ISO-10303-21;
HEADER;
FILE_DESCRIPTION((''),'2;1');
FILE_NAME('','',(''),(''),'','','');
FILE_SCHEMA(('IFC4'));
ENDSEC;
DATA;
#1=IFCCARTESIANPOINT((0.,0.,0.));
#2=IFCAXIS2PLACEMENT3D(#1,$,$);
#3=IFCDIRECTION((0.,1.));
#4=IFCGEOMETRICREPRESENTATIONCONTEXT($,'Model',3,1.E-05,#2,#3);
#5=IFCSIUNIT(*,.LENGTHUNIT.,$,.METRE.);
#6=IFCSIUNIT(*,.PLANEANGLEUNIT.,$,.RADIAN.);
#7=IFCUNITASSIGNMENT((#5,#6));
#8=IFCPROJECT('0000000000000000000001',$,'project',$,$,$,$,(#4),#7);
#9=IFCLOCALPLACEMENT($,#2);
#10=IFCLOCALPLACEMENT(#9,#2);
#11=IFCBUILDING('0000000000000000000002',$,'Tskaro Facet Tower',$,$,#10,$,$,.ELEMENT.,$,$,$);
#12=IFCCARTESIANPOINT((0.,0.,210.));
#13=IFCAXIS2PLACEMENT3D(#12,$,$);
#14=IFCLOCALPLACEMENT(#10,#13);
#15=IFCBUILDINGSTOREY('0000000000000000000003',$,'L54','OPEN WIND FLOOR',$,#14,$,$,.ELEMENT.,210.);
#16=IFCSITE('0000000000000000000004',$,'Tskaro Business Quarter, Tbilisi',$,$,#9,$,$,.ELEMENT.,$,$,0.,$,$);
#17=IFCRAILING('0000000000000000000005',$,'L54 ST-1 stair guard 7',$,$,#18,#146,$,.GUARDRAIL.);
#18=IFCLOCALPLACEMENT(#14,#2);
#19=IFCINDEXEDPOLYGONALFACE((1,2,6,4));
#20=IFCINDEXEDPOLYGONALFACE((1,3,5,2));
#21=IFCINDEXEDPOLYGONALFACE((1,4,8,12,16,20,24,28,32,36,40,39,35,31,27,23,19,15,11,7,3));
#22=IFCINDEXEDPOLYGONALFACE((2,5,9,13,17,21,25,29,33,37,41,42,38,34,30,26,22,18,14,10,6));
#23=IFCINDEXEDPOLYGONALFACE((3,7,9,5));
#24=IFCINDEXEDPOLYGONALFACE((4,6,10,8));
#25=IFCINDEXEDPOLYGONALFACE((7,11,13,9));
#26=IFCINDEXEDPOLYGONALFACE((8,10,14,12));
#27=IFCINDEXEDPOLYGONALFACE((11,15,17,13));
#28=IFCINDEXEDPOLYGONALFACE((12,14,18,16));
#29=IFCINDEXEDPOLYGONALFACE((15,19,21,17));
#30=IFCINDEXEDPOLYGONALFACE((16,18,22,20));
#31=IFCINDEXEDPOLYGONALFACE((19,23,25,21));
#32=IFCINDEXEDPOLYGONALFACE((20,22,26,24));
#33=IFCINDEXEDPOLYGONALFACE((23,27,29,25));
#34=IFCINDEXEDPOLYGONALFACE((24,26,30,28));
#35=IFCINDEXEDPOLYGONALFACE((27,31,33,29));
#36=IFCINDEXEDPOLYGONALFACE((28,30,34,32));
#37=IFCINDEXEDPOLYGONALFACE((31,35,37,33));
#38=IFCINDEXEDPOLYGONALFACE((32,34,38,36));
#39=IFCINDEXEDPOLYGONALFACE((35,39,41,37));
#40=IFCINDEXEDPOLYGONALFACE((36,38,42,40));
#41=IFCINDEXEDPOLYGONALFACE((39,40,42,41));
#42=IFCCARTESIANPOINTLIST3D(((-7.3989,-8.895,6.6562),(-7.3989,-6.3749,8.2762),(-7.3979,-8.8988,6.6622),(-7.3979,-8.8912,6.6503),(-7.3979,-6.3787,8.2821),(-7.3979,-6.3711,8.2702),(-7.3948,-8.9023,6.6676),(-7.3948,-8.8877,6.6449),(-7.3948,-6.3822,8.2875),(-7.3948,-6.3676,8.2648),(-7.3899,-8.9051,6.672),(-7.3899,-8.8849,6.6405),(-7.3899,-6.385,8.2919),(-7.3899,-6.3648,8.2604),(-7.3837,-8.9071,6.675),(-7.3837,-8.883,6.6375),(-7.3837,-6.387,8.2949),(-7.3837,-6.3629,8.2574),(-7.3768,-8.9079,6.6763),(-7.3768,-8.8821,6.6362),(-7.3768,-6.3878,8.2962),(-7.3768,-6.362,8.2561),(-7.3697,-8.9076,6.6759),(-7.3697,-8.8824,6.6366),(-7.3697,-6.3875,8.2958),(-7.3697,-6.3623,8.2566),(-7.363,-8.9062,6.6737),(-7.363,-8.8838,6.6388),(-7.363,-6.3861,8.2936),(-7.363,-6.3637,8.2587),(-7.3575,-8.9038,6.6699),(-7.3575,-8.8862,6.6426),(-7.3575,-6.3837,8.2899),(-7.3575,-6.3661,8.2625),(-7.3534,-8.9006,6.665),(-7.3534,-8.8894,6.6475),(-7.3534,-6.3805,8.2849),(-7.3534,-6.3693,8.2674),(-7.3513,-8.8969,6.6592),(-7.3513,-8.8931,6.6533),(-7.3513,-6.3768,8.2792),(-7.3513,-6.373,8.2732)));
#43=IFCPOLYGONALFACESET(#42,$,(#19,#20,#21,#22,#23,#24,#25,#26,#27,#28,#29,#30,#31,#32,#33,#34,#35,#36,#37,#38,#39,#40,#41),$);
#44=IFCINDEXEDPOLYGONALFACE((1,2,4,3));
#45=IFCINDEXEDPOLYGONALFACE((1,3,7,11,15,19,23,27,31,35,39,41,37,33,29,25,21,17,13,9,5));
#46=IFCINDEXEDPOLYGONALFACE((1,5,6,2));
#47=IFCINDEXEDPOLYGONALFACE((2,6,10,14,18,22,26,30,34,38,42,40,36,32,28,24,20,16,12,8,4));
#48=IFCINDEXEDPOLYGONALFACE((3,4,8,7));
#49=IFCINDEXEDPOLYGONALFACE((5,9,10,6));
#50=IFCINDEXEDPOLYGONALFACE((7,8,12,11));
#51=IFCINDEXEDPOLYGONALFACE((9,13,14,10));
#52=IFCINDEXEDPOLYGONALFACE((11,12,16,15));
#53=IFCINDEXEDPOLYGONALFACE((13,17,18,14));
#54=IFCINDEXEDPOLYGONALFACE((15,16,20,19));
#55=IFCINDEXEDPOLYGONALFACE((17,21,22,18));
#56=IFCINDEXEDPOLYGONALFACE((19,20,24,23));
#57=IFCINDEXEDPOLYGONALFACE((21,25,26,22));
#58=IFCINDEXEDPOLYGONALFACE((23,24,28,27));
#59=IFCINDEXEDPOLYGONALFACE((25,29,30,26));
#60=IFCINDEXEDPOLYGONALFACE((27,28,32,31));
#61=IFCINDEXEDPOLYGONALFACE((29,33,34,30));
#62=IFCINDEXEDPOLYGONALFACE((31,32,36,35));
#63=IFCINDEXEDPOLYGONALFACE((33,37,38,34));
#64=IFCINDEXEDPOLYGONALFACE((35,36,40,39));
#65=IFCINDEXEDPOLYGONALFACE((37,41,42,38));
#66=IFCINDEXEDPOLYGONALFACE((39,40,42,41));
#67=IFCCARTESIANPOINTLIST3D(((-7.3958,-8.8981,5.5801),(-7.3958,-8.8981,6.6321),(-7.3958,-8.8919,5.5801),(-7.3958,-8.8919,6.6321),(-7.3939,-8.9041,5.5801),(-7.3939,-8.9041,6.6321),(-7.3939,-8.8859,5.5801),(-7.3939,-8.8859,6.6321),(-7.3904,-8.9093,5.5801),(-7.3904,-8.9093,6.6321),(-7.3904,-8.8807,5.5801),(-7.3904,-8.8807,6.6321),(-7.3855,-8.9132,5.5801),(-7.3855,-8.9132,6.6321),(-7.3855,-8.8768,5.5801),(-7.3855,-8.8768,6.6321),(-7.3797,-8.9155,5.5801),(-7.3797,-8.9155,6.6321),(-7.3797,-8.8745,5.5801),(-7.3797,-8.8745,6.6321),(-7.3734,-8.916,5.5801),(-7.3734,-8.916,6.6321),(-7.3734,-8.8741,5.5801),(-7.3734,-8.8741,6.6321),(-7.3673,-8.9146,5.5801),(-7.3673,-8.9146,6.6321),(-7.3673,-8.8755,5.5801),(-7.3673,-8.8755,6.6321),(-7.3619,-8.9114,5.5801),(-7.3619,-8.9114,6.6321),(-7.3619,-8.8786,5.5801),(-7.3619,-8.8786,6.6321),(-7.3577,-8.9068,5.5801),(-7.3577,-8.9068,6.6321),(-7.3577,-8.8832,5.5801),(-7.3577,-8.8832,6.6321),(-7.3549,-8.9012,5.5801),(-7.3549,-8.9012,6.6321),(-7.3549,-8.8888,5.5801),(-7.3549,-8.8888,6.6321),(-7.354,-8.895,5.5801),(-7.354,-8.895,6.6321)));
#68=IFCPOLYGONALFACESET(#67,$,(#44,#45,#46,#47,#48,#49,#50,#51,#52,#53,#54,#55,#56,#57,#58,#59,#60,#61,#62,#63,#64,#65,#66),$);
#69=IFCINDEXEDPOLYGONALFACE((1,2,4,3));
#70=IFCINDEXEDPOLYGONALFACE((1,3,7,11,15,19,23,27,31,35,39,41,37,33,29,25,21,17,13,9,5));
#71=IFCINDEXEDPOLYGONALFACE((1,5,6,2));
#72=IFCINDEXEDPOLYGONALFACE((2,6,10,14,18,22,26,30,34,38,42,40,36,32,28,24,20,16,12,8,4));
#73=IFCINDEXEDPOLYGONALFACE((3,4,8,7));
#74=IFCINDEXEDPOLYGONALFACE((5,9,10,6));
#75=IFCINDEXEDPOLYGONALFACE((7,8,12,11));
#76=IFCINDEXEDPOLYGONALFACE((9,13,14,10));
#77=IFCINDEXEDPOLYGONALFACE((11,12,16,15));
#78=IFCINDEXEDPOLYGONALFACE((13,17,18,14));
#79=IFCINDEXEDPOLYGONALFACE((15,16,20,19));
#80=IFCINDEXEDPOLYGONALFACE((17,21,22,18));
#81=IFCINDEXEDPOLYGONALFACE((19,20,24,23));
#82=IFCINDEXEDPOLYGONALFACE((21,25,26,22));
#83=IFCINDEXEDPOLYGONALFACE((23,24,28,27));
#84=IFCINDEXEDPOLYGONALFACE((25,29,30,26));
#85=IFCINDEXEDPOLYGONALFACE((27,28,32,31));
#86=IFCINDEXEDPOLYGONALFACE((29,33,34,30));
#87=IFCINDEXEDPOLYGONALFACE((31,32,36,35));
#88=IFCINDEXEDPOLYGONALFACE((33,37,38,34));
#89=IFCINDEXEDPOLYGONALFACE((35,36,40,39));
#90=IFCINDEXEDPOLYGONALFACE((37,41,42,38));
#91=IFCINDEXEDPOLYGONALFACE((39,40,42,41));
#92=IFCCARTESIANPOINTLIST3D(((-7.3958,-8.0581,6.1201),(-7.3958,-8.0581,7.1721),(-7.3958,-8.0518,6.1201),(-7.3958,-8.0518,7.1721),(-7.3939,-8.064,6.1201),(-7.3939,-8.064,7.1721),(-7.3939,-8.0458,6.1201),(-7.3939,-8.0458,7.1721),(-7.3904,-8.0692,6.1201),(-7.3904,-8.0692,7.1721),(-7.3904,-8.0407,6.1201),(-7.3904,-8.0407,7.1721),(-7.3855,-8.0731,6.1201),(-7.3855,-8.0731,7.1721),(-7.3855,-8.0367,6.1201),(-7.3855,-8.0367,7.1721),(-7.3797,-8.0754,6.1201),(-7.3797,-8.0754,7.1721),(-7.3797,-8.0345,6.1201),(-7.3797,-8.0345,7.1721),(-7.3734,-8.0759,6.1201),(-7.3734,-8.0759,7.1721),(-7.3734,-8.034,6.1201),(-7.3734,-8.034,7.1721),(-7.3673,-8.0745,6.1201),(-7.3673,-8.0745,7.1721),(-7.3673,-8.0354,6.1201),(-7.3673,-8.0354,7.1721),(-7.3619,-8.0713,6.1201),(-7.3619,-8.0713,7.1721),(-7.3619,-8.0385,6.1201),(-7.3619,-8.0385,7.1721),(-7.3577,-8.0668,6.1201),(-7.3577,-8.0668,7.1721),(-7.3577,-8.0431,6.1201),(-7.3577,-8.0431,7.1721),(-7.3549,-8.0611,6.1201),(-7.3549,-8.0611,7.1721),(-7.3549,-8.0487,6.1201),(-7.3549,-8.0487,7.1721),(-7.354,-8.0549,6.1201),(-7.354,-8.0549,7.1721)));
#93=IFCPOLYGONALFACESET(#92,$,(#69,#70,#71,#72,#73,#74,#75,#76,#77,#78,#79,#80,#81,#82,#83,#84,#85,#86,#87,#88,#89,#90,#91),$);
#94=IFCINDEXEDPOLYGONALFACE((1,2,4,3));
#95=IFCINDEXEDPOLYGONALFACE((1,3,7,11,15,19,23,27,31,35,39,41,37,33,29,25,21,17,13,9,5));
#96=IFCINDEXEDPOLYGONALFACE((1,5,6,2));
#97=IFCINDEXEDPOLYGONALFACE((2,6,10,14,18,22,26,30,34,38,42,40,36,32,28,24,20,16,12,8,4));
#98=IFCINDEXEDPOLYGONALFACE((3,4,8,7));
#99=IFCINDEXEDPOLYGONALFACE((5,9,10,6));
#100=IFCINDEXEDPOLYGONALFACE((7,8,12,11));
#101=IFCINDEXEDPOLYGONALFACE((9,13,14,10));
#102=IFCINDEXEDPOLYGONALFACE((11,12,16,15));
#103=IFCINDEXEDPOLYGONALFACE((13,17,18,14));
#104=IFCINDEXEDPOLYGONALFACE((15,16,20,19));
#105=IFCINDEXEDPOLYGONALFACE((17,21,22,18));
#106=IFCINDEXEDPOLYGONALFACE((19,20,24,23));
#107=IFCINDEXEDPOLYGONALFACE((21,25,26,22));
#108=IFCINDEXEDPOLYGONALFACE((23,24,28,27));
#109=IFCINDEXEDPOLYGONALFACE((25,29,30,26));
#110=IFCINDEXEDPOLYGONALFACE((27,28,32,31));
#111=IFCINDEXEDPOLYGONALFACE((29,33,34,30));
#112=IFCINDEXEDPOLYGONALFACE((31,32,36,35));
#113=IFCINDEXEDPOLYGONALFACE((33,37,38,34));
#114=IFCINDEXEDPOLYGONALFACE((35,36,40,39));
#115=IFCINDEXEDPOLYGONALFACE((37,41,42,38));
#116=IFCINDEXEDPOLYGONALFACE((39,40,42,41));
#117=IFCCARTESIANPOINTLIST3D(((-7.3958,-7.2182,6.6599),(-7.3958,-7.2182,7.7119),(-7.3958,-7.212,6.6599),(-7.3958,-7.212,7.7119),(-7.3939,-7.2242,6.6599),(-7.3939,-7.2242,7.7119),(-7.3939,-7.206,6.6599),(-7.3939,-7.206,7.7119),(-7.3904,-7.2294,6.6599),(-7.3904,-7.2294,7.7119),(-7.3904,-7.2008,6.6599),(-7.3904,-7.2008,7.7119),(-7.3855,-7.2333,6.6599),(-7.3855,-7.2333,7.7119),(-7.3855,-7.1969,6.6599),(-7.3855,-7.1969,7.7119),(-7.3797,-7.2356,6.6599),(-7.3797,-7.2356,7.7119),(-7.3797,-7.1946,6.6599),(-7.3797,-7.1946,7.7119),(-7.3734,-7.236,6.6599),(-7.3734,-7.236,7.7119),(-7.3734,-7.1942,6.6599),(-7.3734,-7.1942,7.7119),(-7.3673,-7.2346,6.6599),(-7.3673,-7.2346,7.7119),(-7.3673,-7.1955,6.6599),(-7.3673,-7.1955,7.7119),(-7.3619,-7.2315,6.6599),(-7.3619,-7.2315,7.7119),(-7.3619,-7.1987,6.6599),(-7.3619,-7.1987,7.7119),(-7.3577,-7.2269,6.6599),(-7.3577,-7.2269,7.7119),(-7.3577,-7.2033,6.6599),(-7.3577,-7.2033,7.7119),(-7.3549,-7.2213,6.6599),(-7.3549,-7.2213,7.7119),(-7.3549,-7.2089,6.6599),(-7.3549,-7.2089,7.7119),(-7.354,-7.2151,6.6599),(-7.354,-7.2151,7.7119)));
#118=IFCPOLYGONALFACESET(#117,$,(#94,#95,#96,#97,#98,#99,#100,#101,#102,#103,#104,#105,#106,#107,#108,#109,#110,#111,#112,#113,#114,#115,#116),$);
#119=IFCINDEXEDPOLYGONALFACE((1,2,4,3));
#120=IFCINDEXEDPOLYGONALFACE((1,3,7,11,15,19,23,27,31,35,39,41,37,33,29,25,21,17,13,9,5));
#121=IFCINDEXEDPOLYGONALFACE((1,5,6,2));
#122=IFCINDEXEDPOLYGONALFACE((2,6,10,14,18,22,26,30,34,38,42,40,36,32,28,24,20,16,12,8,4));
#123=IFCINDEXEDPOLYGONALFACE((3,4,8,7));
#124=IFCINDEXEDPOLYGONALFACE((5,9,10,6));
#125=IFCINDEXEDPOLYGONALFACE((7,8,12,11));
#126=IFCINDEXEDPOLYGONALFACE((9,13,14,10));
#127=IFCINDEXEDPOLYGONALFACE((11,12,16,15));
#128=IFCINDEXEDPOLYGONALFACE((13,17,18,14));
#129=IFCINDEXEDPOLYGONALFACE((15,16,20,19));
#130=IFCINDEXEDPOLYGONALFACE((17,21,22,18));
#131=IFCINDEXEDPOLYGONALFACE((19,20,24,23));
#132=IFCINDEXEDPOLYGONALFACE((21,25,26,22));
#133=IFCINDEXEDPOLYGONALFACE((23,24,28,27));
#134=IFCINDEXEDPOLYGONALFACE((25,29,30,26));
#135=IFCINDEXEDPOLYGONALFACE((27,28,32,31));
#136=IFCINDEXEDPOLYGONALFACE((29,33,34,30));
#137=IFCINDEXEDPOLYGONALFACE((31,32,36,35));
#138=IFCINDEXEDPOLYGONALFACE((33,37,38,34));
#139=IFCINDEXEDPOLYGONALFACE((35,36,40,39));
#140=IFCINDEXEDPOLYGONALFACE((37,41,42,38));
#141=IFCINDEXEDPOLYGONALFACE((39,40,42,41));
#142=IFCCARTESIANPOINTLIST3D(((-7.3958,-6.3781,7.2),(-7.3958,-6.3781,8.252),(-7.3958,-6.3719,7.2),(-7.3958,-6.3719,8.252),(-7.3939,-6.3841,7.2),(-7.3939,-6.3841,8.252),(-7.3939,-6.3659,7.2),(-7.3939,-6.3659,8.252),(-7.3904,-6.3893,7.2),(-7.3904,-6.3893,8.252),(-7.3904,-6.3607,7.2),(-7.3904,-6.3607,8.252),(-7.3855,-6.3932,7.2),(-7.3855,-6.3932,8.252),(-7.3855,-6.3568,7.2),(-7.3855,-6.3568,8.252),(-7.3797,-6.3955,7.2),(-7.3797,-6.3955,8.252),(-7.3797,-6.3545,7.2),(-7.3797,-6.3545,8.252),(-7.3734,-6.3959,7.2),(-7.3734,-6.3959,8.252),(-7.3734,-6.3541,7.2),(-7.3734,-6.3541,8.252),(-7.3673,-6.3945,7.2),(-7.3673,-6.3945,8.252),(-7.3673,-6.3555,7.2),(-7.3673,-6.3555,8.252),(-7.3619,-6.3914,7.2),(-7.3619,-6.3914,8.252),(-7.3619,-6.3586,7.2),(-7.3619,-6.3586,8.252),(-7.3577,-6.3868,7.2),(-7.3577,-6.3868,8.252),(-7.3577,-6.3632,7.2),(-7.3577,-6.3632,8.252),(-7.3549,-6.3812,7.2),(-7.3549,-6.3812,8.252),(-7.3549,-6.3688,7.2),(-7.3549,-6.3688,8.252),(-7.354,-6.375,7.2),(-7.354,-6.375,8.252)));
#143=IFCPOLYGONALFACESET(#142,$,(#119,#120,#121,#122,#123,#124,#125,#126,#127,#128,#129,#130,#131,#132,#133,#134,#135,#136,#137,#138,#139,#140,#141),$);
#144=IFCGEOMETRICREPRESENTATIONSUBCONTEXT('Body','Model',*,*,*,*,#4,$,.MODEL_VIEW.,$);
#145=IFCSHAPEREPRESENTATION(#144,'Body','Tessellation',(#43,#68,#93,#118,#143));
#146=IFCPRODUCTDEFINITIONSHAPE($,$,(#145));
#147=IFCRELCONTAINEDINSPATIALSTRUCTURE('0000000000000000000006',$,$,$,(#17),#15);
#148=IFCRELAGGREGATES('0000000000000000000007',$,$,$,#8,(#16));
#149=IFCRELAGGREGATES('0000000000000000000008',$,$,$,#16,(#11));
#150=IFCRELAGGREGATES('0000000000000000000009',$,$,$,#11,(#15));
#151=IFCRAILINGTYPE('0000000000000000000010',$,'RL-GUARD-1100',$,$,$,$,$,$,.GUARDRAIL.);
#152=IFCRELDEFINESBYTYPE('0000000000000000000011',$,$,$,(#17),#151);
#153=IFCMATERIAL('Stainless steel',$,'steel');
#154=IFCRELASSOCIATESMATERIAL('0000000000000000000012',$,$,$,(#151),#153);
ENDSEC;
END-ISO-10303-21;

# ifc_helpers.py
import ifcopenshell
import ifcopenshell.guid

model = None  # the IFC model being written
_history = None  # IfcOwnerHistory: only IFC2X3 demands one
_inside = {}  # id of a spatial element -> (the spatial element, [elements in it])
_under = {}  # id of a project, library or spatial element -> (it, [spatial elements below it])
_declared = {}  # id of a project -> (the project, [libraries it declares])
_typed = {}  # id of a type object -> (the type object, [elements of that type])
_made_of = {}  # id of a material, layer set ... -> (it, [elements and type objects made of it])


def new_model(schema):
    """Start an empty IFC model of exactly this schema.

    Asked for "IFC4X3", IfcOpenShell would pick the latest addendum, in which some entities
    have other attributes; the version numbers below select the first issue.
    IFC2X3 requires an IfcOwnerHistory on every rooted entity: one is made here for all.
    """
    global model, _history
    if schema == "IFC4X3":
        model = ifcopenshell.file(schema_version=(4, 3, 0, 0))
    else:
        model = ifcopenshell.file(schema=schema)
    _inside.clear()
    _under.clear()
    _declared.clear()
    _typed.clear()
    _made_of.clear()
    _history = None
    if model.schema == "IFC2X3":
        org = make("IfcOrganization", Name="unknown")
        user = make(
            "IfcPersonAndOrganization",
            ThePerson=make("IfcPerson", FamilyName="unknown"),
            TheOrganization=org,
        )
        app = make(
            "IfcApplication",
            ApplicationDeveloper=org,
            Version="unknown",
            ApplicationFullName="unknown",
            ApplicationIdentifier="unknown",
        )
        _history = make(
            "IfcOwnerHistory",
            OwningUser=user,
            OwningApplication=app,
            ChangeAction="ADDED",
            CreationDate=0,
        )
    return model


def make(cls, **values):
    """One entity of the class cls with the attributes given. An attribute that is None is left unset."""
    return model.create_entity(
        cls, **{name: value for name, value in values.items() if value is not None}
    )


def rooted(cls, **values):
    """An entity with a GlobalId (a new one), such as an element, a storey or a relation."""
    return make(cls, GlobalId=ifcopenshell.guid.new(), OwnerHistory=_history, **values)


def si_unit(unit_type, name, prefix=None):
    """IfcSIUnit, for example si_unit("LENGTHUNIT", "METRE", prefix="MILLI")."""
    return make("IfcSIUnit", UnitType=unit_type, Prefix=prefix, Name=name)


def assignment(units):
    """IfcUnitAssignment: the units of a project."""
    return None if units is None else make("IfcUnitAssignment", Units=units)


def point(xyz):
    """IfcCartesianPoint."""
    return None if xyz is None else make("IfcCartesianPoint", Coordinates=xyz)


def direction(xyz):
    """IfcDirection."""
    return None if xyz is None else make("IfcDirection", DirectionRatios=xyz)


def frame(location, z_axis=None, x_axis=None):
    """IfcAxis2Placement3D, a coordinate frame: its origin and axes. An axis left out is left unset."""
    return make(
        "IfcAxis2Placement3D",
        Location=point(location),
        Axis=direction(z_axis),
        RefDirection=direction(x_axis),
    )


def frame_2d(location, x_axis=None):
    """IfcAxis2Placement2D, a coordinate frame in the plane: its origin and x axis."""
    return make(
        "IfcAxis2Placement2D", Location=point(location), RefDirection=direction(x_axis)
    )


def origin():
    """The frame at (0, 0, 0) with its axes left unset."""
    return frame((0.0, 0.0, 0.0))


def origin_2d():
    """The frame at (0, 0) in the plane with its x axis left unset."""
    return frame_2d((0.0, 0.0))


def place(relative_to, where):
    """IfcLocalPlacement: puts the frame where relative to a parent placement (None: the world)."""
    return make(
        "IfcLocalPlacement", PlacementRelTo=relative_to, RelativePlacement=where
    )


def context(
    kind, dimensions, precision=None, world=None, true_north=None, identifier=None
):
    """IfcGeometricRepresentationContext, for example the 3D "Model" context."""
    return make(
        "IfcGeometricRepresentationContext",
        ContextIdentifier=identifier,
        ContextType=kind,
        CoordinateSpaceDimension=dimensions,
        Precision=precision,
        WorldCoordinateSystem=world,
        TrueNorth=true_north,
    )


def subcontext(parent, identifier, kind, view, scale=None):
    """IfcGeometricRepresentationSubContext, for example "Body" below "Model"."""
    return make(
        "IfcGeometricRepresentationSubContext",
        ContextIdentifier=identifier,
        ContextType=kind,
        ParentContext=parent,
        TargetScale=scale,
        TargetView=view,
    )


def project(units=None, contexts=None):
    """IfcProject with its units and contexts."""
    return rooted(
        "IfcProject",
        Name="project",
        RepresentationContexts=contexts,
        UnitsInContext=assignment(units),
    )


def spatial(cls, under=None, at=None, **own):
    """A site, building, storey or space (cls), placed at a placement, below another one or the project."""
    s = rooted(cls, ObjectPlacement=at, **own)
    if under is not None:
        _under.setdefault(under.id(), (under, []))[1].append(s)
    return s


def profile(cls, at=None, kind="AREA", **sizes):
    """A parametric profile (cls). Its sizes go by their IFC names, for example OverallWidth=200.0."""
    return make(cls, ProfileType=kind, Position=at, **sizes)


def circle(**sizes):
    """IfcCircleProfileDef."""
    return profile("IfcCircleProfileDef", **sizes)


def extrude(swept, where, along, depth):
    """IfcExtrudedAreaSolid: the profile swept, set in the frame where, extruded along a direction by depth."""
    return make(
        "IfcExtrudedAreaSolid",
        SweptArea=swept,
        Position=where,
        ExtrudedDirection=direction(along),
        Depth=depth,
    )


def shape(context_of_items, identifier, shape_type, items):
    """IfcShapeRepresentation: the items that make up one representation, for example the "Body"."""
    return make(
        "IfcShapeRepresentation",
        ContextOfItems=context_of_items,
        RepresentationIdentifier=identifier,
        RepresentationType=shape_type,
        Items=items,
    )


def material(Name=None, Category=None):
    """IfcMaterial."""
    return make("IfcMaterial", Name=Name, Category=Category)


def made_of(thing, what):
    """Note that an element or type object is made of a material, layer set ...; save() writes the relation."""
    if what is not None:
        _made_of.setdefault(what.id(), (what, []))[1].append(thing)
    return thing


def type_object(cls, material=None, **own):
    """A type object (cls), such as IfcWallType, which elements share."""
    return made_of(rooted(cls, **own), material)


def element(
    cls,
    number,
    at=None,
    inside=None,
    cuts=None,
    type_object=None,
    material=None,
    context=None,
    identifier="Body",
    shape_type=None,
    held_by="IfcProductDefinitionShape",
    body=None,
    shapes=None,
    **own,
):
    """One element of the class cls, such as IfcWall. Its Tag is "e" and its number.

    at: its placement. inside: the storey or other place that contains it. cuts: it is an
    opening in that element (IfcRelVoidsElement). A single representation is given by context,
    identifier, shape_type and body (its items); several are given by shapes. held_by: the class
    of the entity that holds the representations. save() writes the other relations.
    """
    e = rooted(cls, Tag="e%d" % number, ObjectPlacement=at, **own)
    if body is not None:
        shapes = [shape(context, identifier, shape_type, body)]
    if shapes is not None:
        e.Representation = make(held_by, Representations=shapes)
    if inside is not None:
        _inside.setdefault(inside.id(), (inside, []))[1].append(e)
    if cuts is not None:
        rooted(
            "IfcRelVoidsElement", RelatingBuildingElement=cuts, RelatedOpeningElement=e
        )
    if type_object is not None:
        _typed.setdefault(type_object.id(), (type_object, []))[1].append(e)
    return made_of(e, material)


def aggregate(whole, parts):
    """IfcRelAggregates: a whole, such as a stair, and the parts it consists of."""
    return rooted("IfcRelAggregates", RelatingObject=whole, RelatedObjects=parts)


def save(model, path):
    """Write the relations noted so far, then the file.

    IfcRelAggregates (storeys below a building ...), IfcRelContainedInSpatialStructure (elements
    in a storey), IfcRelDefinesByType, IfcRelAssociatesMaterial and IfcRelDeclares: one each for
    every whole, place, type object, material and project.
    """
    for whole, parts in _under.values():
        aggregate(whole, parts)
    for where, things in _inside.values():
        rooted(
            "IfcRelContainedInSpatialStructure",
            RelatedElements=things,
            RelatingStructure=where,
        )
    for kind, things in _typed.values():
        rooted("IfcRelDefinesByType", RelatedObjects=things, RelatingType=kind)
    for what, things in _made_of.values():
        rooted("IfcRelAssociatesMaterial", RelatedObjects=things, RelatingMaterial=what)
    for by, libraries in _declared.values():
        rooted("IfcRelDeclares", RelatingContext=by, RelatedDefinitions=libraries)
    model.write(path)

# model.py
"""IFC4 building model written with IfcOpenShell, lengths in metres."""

from ifc_helpers import new_model, si_unit, direction, frame, origin, origin_2d, place, context, subcontext, project, spatial, circle, extrude, material, type_object, element, save


model = new_model("IFC4")

# Units and contexts
model_context = context("Model", 3, precision=1e-05, world=origin(), true_north=direction((0.0, 1.0)))
body_context = subcontext(model_context, "Body", "Model", "MODEL_VIEW")
ifc_project = project(units=[si_unit("LENGTHUNIT", "METRE"), si_unit("PLANEANGLEUNIT", "RADIAN")], contexts=[model_context])

# Site, building, storey
site_placement = place(None, origin())
site = spatial("IfcSite", under=ifc_project, at=site_placement, Name="Tskaro Business Quarter, Tbilisi", CompositionType="ELEMENT", RefElevation=0.0)
building_placement = place(site_placement, origin())
building = spatial("IfcBuilding", under=site, at=building_placement, Name="Tskaro Facet Tower", CompositionType="ELEMENT")
storey_placement = place(building_placement, frame((0.0, 0.0, 210.0)))
storey = spatial("IfcBuildingStorey", under=building, at=storey_placement, Name="L54", Description="OPEN WIND FLOOR", CompositionType="ELEMENT", Elevation=210.0)

# Shared definitions
ifc_material_1 = material(Name="Stainless steel", Category="steel")

# Railing
railing_type_1 = type_object("IfcRailingType", Name="RL-GUARD-1100", PredefinedType="GUARDRAIL", material=ifc_material_1)
railing_1_placement = place(storey_placement, frame((-7.375, -8.895, 5.5801)))
element("IfcRailing", 1, at=railing_1_placement, inside=storey, type_object=railing_type_1, Name="L54 ST-1 stair guard 7", PredefinedType="GUARDRAIL", context=body_context, shape_type="SweptSolid", body=[
    extrude(circle(Radius=0.0239, at=origin_2d()), frame((0.0, 0.0, 1.0762), z_axis=(0.0, 0.8412, 0.540725), x_axis=(-1.0, 0.0, 0.0)), (0.0, 0.0, 1.0), 2.9958),
    extrude(circle(Radius=0.021, at=origin_2d()), origin(), (0.0, 0.0, 1.0), 1.052),
    extrude(circle(Radius=0.021, at=origin_2d()), frame((0.0, 0.8401, 0.54)), (0.0, 0.0, 1.0), 1.052),
    extrude(circle(Radius=0.021, at=origin_2d()), frame((0.0, 1.6799, 1.0798)), (0.0, 0.0, 1.0), 1.052),
    extrude(circle(Radius=0.021, at=origin_2d()), frame((0.0, 2.52, 1.6199)), (0.0, 0.0, 1.0), 1.052),
])

save(model, "model.ifc")
